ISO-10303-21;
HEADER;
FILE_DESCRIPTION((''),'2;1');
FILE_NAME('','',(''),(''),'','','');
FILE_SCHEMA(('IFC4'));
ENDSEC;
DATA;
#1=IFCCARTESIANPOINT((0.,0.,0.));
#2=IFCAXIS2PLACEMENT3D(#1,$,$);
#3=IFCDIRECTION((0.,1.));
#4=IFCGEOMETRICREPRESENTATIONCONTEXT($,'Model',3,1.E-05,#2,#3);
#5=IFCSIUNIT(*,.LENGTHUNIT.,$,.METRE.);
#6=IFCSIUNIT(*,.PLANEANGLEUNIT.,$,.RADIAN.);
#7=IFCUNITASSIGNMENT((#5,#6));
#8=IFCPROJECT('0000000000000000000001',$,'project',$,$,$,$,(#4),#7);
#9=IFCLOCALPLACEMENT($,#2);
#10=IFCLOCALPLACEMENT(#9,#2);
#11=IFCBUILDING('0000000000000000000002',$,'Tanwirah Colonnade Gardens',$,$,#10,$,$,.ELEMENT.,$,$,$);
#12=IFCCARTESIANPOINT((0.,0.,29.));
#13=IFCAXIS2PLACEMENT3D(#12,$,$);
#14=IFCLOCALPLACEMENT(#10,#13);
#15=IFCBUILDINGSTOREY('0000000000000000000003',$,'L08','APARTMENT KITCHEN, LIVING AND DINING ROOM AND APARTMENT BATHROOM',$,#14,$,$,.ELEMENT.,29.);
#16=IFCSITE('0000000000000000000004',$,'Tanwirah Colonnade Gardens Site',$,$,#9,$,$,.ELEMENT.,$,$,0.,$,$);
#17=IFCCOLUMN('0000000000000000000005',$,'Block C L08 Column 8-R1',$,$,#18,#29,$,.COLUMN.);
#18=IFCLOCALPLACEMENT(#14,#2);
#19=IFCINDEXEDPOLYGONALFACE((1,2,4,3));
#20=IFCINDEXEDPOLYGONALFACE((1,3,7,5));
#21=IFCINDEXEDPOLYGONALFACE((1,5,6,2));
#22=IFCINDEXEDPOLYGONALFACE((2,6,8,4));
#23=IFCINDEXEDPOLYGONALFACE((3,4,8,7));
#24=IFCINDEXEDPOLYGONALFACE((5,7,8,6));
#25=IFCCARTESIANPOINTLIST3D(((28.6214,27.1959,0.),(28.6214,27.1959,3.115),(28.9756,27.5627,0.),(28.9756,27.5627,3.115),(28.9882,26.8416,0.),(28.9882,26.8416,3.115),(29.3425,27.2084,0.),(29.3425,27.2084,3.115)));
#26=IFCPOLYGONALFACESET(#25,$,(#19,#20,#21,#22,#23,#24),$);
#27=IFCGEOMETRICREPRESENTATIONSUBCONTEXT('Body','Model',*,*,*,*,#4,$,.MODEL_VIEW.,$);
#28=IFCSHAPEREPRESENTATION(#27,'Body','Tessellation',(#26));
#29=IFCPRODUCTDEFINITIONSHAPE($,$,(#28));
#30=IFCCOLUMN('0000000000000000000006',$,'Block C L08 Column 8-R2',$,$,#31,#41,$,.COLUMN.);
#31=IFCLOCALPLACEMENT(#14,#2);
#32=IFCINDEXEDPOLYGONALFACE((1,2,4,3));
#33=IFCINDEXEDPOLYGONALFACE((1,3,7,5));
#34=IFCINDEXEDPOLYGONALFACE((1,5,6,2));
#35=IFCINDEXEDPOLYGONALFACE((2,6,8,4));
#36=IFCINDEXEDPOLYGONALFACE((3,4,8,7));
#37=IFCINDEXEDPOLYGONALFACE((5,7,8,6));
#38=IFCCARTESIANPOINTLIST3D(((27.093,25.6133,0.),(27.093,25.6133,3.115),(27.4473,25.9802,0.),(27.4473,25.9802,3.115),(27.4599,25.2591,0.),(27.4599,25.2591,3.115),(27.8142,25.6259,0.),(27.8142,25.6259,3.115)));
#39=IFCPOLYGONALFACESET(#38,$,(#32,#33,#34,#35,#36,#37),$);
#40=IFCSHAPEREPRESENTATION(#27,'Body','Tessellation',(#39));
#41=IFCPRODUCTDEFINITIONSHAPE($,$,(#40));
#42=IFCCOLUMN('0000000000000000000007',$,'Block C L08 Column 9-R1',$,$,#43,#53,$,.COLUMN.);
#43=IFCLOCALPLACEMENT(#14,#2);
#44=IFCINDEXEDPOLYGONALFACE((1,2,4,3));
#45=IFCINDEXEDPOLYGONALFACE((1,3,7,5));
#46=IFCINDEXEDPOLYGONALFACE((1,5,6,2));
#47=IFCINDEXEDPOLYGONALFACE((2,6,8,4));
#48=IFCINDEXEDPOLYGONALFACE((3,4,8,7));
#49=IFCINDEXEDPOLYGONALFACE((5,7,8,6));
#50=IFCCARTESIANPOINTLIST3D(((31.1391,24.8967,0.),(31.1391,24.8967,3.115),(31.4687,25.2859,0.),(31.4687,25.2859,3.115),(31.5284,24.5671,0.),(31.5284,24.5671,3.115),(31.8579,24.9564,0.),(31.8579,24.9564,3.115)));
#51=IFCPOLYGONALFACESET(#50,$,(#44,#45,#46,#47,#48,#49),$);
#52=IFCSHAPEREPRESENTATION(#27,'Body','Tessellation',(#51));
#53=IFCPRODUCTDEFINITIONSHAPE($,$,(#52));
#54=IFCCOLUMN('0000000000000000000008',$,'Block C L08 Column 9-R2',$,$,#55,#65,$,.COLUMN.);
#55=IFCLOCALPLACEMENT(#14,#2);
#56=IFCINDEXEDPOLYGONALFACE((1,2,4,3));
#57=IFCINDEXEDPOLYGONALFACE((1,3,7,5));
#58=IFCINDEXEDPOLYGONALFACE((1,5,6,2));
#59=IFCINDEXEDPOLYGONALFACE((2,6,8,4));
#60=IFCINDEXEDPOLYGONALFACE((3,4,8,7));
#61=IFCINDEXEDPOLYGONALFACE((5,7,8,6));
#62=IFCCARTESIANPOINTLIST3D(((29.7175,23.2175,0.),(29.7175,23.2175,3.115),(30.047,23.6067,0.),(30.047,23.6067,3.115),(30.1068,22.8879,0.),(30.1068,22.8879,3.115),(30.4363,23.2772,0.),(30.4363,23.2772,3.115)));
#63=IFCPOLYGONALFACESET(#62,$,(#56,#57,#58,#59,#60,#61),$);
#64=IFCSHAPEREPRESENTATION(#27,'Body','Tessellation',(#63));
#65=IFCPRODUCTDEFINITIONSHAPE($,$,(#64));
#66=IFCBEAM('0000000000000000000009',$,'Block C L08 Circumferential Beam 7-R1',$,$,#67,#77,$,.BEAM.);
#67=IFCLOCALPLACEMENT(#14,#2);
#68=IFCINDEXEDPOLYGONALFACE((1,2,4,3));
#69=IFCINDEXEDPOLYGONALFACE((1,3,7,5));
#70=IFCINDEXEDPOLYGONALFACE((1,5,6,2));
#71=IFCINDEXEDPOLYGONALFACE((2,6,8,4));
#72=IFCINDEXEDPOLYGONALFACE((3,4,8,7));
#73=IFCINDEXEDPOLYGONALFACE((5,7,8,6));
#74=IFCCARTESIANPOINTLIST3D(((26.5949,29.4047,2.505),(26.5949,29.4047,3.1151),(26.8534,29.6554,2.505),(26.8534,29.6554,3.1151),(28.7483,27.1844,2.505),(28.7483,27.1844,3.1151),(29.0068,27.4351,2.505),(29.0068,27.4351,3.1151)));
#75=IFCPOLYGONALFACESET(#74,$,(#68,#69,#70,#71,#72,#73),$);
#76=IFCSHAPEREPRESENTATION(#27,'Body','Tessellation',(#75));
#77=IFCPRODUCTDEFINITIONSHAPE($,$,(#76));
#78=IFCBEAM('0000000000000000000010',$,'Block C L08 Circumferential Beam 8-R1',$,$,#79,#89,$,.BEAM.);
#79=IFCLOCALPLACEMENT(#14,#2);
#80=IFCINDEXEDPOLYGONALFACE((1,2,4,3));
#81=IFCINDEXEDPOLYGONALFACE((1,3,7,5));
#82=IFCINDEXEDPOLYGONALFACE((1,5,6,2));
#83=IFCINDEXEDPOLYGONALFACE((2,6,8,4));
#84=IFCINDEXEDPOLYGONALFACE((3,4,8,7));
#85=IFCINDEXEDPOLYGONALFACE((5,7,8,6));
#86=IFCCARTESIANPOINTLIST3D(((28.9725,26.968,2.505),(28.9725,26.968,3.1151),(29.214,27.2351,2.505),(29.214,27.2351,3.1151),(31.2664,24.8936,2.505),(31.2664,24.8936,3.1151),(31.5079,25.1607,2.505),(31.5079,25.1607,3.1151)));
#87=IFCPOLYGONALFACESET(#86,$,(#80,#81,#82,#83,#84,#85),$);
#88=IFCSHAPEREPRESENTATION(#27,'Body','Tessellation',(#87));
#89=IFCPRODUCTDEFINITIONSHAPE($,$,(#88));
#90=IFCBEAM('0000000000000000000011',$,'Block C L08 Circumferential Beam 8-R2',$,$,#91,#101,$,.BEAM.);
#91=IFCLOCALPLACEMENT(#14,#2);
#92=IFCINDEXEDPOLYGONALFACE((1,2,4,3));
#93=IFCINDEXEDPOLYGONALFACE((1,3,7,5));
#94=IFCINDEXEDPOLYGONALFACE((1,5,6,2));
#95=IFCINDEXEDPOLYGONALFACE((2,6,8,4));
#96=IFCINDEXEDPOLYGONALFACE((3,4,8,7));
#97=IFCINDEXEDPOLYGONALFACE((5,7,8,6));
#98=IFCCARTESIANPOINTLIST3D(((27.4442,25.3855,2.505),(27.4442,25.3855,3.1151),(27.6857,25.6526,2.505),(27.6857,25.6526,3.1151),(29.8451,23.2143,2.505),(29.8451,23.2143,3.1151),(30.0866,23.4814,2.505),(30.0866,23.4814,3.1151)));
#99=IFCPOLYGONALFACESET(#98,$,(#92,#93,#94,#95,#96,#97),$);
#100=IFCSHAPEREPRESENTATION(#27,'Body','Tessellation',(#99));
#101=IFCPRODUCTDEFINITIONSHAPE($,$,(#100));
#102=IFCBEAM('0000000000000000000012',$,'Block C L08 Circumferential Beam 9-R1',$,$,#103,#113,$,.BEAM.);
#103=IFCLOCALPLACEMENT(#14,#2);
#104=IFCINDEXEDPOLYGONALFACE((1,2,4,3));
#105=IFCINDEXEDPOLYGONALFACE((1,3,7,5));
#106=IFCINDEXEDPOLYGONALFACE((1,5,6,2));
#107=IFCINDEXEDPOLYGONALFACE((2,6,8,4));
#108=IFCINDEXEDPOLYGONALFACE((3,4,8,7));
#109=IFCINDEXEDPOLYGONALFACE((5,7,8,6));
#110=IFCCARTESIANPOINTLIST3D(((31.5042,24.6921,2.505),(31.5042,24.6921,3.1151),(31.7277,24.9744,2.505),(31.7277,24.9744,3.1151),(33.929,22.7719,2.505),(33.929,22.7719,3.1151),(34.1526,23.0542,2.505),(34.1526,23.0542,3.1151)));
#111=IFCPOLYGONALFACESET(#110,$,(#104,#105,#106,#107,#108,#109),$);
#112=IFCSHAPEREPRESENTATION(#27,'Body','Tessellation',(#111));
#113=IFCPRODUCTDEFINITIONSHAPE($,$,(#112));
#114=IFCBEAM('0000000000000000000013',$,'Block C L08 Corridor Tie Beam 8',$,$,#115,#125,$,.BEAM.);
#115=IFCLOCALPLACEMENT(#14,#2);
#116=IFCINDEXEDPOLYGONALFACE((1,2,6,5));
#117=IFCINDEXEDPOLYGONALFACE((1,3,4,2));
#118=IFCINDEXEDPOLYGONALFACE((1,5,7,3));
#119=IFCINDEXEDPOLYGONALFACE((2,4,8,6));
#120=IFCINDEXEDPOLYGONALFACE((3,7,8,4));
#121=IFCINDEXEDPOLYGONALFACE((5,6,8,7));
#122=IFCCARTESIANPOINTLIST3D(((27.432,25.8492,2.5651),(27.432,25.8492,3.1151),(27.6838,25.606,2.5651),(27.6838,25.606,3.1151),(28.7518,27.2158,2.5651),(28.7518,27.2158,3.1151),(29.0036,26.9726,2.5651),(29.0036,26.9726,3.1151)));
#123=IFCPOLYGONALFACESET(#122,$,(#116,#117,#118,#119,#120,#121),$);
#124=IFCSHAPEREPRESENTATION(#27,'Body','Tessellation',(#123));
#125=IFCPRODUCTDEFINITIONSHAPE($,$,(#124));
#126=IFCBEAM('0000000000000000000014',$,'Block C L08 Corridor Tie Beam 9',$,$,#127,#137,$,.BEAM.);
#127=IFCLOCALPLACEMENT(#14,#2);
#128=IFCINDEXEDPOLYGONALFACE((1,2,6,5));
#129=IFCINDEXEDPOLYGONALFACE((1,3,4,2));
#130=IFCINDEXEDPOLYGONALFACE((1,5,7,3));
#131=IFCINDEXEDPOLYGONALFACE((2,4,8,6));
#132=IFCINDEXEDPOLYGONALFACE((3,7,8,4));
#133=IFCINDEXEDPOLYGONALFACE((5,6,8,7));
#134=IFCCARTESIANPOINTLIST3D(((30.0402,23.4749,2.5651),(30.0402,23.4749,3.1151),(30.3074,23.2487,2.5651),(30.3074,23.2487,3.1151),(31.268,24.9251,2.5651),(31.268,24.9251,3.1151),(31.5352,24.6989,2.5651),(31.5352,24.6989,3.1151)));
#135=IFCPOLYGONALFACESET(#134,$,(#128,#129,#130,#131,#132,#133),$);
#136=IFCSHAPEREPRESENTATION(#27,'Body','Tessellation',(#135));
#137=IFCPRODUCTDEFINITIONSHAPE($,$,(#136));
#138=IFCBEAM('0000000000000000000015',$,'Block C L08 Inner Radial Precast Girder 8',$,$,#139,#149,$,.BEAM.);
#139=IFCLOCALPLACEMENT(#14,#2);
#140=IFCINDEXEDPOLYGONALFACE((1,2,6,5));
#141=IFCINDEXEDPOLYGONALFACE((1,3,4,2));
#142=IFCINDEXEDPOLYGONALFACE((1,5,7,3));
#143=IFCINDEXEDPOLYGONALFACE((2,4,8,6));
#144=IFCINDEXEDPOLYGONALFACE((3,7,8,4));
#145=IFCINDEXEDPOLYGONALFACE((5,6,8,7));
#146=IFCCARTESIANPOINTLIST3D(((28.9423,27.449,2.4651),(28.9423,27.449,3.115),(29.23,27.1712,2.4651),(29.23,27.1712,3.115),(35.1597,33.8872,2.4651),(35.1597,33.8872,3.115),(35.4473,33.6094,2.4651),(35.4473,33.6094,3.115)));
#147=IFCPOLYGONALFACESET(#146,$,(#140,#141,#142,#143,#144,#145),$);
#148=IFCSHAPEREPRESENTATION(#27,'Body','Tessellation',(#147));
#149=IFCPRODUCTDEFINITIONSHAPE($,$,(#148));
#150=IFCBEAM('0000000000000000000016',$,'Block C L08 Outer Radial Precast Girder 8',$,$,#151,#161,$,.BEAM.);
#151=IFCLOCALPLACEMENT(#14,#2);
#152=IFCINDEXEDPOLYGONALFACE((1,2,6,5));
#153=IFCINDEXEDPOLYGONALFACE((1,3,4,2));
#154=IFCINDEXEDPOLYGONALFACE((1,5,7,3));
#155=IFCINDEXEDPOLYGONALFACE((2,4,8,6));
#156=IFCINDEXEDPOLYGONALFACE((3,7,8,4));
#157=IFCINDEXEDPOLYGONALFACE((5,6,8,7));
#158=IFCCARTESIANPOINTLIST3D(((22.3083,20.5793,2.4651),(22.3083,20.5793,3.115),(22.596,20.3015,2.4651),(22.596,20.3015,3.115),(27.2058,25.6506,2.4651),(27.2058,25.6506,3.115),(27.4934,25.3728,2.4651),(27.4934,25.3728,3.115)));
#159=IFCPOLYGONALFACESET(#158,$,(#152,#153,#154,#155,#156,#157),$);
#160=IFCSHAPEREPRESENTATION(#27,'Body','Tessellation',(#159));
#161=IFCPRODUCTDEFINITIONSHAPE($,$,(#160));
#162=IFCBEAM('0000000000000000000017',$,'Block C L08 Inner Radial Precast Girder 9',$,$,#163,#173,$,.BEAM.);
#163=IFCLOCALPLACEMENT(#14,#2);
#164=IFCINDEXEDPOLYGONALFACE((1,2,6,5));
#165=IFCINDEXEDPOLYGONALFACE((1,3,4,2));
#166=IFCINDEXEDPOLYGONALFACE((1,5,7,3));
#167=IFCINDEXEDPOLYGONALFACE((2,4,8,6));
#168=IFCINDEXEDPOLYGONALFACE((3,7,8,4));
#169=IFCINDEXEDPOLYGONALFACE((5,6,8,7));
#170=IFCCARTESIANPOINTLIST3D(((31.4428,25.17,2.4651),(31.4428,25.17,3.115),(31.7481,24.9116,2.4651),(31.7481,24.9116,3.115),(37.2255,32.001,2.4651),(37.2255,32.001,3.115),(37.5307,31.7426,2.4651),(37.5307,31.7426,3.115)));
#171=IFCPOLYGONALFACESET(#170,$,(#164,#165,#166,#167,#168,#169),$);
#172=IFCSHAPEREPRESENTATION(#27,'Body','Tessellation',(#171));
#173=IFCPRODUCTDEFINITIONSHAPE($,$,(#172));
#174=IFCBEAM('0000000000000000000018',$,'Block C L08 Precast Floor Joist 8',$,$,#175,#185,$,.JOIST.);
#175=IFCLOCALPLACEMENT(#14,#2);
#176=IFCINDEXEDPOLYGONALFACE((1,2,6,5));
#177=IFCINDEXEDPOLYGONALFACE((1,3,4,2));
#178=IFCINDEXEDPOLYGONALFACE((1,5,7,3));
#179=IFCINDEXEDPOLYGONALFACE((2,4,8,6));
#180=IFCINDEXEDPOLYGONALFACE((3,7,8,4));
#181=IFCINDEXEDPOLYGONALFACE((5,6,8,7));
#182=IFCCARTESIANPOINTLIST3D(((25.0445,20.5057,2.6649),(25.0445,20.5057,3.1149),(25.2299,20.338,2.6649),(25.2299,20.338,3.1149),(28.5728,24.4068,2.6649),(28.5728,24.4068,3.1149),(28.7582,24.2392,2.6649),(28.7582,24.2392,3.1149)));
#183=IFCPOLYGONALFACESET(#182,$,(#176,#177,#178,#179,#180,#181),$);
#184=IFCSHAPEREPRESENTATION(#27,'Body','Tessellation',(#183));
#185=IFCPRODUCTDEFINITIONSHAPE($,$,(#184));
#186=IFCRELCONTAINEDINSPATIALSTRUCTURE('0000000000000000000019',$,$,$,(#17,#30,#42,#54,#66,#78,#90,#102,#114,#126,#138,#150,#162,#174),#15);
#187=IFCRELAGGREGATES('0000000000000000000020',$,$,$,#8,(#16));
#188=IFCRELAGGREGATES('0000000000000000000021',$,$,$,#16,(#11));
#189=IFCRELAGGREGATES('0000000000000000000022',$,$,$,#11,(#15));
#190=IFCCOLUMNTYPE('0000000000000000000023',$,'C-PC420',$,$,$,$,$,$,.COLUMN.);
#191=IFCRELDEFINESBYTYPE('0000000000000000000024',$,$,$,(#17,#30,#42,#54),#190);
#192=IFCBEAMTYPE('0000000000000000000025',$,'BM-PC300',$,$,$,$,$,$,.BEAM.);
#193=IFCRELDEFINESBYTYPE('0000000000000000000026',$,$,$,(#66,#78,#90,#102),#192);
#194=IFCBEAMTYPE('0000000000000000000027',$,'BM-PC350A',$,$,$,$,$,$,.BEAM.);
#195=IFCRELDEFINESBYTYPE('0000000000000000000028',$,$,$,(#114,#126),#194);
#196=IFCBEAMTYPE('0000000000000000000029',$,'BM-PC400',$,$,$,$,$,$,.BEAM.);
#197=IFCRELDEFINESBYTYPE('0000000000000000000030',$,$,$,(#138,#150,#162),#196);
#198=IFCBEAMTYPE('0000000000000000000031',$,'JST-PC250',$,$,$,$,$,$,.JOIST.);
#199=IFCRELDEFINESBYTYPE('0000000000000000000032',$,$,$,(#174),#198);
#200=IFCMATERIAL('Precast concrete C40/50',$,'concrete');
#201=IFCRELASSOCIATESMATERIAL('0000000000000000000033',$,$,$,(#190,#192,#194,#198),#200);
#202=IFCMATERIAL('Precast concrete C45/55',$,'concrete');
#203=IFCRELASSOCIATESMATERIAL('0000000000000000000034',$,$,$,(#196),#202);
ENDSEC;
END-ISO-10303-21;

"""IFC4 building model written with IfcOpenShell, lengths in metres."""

from ifc_helpers import new_model, si_unit, direction, frame, origin, origin_2d, place, context, subcontext, project, spatial, rectangle, extrude, material, material_profile, profile_set, type_object, element, save


model = new_model("IFC4")

# Units and contexts
model_context = context("Model", 3, precision=1e-05, world=origin(), true_north=direction((0.0, 1.0)))
body_context = subcontext(model_context, "Body", "Model", "MODEL_VIEW")
ifc_project = project(units=[si_unit("LENGTHUNIT", "METRE"), si_unit("PLANEANGLEUNIT", "RADIAN")], contexts=[model_context])

# Site, building, storey
site_placement = place(None, origin())
site = spatial("IfcSite", under=ifc_project, at=site_placement, Name="Tanwirah Colonnade Gardens Site", CompositionType="ELEMENT", RefElevation=0.0)
building_placement = place(site_placement, origin())
building = spatial("IfcBuilding", under=site, at=building_placement, Name="Tanwirah Colonnade Gardens", CompositionType="ELEMENT")
storey_placement = place(building_placement, frame((0.0, 0.0, 29.0)))
storey = spatial("IfcBuildingStorey", under=building, at=storey_placement, Name="L08", Description="APARTMENT KITCHEN, LIVING AND DINING ROOM AND APARTMENT BATHROOM", CompositionType="ELEMENT", Elevation=29.0)

# Columns
ifc_material_1 = material(Name="Precast concrete C40/50", Category="concrete")
ifc_material_profile_1 = material_profile(ifc_material_1, rectangle(XDim=0.51, YDim=0.51, at=origin_2d()), Name="PC-COL 510x510")
ifc_profile_set_1 = profile_set([ifc_material_profile_1], Name="Precast concrete C40/50")
column_type = type_object("IfcColumnType", Name="C-PC420", PredefinedType="COLUMN", material=ifc_profile_set_1)
for number, where, z_axis, x_axis, name in (
    (1, (28.9819, 27.2021, 0.0), (0.0, 0.0, 1.0), (-0.694658, -0.71934, 0.0), "Block C L08 Column 8-R1"),
    (2, (27.4536, 25.6196, 0.0), (0.0, 0.0, 1.0), (-0.694658, -0.71934, 0.0), "Block C L08 Column 8-R2"),
    (3, (31.4985, 24.9265, 0.0), (0.0, 0.0, 1.0), (-0.646124, -0.763232, 0.0), "Block C L08 Column 9-R1"),
    (4, (30.0769, 23.2473, 0.0), (0.0, 0.0, 1.0), (-0.646124, -0.763232, 0.0), "Block C L08 Column 9-R2"),
):
    element("IfcColumn", number, at=place(storey_placement, frame(where, z_axis=z_axis, x_axis=x_axis)), inside=storey, type_object=column_type, Name=name, PredefinedType="COLUMN", context=body_context, shape_type="SweptSolid", body=[
        extrude(rectangle(XDim=0.51, YDim=0.51, at=origin_2d()), origin(), (0.0, 0.0, 1.0), 3.115),
    ])

# Beams
ifc_material_profile_2 = material_profile(ifc_material_1, rectangle(XDim=0.3601, YDim=0.6101, at=origin_2d()), Name="PC-BM 360x610")
ifc_profile_set_2 = profile_set([ifc_material_profile_2], Name="Precast concrete C40/50")
beam_type_1 = type_object("IfcBeamType", Name="BM-PC300", PredefinedType="BEAM", material=ifc_profile_set_2)
beam_1_placement = place(storey_placement, frame((26.7241, 29.53, 2.8101), z_axis=(0.69621, -0.717838, 0.0), x_axis=(0.717838, 0.69621, 0.0)))
element("IfcBeam", 5, at=beam_1_placement, inside=storey, type_object=beam_type_1, Name="Block C L08 Circumferential Beam 7-R1", PredefinedType="BEAM", context=body_context, shape_type="SweptSolid", body=[
    extrude(rectangle(XDim=0.3601, YDim=0.6101, at=origin_2d()), origin(), (0.0, 0.0, 1.0), 3.093),
])
beam_2_placement = place(storey_placement, frame((29.0933, 27.1016, 2.8101), z_axis=(0.741698, -0.670733, 0.0), x_axis=(0.670733, 0.741698, 0.0)))
element("IfcBeam", 6, at=beam_2_placement, inside=storey, type_object=beam_type_1, Name="Block C L08 Circumferential Beam 8-R1", PredefinedType="BEAM", context=body_context, shape_type="SweptSolid", body=[
    extrude(rectangle(XDim=0.3601, YDim=0.6101, at=origin_2d()), origin(), (0.0, 0.0, 1.0), 3.0928),
])
beam_3_placement = place(storey_placement, frame((27.5649, 25.519, 2.8101), z_axis=(0.741702, -0.67073, 0.0), x_axis=(0.67073, 0.741702, 0.0)))
element("IfcBeam", 7, at=beam_3_placement, inside=storey, type_object=beam_type_1, Name="Block C L08 Circumferential Beam 8-R2", PredefinedType="BEAM", context=body_context, shape_type="SweptSolid", body=[
    extrude(rectangle(XDim=0.3601, YDim=0.6101, at=origin_2d()), origin(), (0.0, 0.0, 1.0), 3.2371),
])
beam_4_placement = place(storey_placement, frame((31.616, 24.8333, 2.8101), z_axis=(0.783963, -0.620808, 0.0), x_axis=(0.620808, 0.783963, 0.0)))
element("IfcBeam", 8, at=beam_4_placement, inside=storey, type_object=beam_type_1, Name="Block C L08 Circumferential Beam 9-R1", PredefinedType="BEAM", context=body_context, shape_type="SweptSolid", body=[
    extrude(rectangle(XDim=0.3601, YDim=0.6101, at=origin_2d()), origin(), (0.0, 0.0, 1.0), 3.093),
])
ifc_material_profile_3 = material_profile(ifc_material_1, rectangle(XDim=0.3501, YDim=0.55, at=origin_2d()), Name="PC-BM 350x550")
ifc_profile_set_3 = profile_set([ifc_material_profile_3], Name="Precast concrete C40/50")
beam_type_2 = type_object("IfcBeamType", Name="BM-PC350A", PredefinedType="BEAM", material=ifc_profile_set_3)
beam_5_placement = place(storey_placement, frame((28.8777, 27.0942, 2.8401), z_axis=(-0.694663, -0.719335, 0.0), x_axis=(0.719335, -0.694663, 0.0)))
element("IfcBeam", 9, at=beam_5_placement, inside=storey, type_object=beam_type_2, Name="Block C L08 Corridor Tie Beam 8", PredefinedType="BEAM", context=body_context, shape_type="SweptSolid", body=[
    extrude(rectangle(XDim=0.3501, YDim=0.55, at=origin_2d()), origin(), (0.0, 0.0, 1.0), 1.8999),
])
beam_6_placement = place(storey_placement, frame((31.4016, 24.812, 2.8401), z_axis=(-0.646155, -0.763206, 0.0), x_axis=(0.763206, -0.646155, 0.0)))
element("IfcBeam", 10, at=beam_6_placement, inside=storey, type_object=beam_type_2, Name="Block C L08 Corridor Tie Beam 9", PredefinedType="BEAM", context=body_context, shape_type="SweptSolid", body=[
    extrude(rectangle(XDim=0.3501, YDim=0.55, at=origin_2d()), origin(), (0.0, 0.0, 1.0), 1.9001),
])
ifc_material_2 = material(Name="Precast concrete C45/55", Category="concrete")
ifc_material_profile_4 = material_profile(ifc_material_2, rectangle(XDim=0.3999, YDim=0.6499, at=origin_2d()), Name="PC-BM 400x650")
ifc_profile_set_4 = profile_set([ifc_material_profile_4], Name="Precast concrete C45/55")
beam_type_3 = type_object("IfcBeamType", Name="BM-PC400", PredefinedType="BEAM", material=ifc_profile_set_4)
beam_7_placement = place(storey_placement, frame((29.0862, 27.3101, 2.79), z_axis=(0.694656, 0.719342, 0.0), x_axis=(-0.719342, 0.694656, 0.0)))
element("IfcBeam", 11, at=beam_7_placement, inside=storey, type_object=beam_type_3, Name="Block C L08 Inner Radial Precast Girder 8", PredefinedType="BEAM", context=body_context, shape_type="SweptSolid", body=[
    extrude(rectangle(XDim=0.3999, YDim=0.6499, at=origin_2d()), origin(), (0.0, 0.0, 1.0), 8.9502),
])
beam_8_placement = place(storey_placement, frame((27.3496, 25.5117, 2.79), z_axis=(-0.694671, -0.719327, 0.0), x_axis=(0.719327, -0.694671, 0.0)))
element("IfcBeam", 12, at=beam_8_placement, inside=storey, type_object=beam_type_3, Name="Block C L08 Outer Radial Precast Girder 8", PredefinedType="BEAM", context=body_context, shape_type="SweptSolid", body=[
    extrude(rectangle(XDim=0.3999, YDim=0.6499, at=origin_2d()), origin(), (0.0, 0.0, 1.0), 7.05),
])
beam_9_placement = place(storey_placement, frame((31.5955, 25.0408, 2.79), z_axis=(0.646111, 0.763243, 0.0), x_axis=(-0.763243, 0.646111, 0.0)))
element("IfcBeam", 13, at=beam_9_placement, inside=storey, type_object=beam_type_3, Name="Block C L08 Inner Radial Precast Girder 9", PredefinedType="BEAM", context=body_context, shape_type="SweptSolid", body=[
    extrude(rectangle(XDim=0.3999, YDim=0.6499, at=origin_2d()), origin(), (0.0, 0.0, 1.0), 8.95),
])
ifc_material_profile_5 = material_profile(ifc_material_1, rectangle(XDim=0.25, YDim=0.45, at=origin_2d()), Name="PC-JST 250x450")
ifc_profile_set_5 = profile_set([ifc_material_profile_5], Name="Precast concrete C40/50")
beam_type_4 = type_object("IfcBeamType", Name="JST-PC250", PredefinedType="JOIST", material=ifc_profile_set_5)
beam_10_placement = place(storey_placement, frame((28.6655, 24.323, 2.8899), z_axis=(-0.670781, -0.741656, 0.0), x_axis=(0.741656, -0.670781, 0.0)))
element("IfcBeam", 14, at=beam_10_placement, inside=storey, type_object=beam_type_4, Name="Block C L08 Precast Floor Joist 8", PredefinedType="JOIST", context=body_context, shape_type="SweptSolid", body=[
    extrude(rectangle(XDim=0.25, YDim=0.45, at=origin_2d()), origin(), (0.0, 0.0, 1.0), 5.26),
])

save(model, "model.ifc")
